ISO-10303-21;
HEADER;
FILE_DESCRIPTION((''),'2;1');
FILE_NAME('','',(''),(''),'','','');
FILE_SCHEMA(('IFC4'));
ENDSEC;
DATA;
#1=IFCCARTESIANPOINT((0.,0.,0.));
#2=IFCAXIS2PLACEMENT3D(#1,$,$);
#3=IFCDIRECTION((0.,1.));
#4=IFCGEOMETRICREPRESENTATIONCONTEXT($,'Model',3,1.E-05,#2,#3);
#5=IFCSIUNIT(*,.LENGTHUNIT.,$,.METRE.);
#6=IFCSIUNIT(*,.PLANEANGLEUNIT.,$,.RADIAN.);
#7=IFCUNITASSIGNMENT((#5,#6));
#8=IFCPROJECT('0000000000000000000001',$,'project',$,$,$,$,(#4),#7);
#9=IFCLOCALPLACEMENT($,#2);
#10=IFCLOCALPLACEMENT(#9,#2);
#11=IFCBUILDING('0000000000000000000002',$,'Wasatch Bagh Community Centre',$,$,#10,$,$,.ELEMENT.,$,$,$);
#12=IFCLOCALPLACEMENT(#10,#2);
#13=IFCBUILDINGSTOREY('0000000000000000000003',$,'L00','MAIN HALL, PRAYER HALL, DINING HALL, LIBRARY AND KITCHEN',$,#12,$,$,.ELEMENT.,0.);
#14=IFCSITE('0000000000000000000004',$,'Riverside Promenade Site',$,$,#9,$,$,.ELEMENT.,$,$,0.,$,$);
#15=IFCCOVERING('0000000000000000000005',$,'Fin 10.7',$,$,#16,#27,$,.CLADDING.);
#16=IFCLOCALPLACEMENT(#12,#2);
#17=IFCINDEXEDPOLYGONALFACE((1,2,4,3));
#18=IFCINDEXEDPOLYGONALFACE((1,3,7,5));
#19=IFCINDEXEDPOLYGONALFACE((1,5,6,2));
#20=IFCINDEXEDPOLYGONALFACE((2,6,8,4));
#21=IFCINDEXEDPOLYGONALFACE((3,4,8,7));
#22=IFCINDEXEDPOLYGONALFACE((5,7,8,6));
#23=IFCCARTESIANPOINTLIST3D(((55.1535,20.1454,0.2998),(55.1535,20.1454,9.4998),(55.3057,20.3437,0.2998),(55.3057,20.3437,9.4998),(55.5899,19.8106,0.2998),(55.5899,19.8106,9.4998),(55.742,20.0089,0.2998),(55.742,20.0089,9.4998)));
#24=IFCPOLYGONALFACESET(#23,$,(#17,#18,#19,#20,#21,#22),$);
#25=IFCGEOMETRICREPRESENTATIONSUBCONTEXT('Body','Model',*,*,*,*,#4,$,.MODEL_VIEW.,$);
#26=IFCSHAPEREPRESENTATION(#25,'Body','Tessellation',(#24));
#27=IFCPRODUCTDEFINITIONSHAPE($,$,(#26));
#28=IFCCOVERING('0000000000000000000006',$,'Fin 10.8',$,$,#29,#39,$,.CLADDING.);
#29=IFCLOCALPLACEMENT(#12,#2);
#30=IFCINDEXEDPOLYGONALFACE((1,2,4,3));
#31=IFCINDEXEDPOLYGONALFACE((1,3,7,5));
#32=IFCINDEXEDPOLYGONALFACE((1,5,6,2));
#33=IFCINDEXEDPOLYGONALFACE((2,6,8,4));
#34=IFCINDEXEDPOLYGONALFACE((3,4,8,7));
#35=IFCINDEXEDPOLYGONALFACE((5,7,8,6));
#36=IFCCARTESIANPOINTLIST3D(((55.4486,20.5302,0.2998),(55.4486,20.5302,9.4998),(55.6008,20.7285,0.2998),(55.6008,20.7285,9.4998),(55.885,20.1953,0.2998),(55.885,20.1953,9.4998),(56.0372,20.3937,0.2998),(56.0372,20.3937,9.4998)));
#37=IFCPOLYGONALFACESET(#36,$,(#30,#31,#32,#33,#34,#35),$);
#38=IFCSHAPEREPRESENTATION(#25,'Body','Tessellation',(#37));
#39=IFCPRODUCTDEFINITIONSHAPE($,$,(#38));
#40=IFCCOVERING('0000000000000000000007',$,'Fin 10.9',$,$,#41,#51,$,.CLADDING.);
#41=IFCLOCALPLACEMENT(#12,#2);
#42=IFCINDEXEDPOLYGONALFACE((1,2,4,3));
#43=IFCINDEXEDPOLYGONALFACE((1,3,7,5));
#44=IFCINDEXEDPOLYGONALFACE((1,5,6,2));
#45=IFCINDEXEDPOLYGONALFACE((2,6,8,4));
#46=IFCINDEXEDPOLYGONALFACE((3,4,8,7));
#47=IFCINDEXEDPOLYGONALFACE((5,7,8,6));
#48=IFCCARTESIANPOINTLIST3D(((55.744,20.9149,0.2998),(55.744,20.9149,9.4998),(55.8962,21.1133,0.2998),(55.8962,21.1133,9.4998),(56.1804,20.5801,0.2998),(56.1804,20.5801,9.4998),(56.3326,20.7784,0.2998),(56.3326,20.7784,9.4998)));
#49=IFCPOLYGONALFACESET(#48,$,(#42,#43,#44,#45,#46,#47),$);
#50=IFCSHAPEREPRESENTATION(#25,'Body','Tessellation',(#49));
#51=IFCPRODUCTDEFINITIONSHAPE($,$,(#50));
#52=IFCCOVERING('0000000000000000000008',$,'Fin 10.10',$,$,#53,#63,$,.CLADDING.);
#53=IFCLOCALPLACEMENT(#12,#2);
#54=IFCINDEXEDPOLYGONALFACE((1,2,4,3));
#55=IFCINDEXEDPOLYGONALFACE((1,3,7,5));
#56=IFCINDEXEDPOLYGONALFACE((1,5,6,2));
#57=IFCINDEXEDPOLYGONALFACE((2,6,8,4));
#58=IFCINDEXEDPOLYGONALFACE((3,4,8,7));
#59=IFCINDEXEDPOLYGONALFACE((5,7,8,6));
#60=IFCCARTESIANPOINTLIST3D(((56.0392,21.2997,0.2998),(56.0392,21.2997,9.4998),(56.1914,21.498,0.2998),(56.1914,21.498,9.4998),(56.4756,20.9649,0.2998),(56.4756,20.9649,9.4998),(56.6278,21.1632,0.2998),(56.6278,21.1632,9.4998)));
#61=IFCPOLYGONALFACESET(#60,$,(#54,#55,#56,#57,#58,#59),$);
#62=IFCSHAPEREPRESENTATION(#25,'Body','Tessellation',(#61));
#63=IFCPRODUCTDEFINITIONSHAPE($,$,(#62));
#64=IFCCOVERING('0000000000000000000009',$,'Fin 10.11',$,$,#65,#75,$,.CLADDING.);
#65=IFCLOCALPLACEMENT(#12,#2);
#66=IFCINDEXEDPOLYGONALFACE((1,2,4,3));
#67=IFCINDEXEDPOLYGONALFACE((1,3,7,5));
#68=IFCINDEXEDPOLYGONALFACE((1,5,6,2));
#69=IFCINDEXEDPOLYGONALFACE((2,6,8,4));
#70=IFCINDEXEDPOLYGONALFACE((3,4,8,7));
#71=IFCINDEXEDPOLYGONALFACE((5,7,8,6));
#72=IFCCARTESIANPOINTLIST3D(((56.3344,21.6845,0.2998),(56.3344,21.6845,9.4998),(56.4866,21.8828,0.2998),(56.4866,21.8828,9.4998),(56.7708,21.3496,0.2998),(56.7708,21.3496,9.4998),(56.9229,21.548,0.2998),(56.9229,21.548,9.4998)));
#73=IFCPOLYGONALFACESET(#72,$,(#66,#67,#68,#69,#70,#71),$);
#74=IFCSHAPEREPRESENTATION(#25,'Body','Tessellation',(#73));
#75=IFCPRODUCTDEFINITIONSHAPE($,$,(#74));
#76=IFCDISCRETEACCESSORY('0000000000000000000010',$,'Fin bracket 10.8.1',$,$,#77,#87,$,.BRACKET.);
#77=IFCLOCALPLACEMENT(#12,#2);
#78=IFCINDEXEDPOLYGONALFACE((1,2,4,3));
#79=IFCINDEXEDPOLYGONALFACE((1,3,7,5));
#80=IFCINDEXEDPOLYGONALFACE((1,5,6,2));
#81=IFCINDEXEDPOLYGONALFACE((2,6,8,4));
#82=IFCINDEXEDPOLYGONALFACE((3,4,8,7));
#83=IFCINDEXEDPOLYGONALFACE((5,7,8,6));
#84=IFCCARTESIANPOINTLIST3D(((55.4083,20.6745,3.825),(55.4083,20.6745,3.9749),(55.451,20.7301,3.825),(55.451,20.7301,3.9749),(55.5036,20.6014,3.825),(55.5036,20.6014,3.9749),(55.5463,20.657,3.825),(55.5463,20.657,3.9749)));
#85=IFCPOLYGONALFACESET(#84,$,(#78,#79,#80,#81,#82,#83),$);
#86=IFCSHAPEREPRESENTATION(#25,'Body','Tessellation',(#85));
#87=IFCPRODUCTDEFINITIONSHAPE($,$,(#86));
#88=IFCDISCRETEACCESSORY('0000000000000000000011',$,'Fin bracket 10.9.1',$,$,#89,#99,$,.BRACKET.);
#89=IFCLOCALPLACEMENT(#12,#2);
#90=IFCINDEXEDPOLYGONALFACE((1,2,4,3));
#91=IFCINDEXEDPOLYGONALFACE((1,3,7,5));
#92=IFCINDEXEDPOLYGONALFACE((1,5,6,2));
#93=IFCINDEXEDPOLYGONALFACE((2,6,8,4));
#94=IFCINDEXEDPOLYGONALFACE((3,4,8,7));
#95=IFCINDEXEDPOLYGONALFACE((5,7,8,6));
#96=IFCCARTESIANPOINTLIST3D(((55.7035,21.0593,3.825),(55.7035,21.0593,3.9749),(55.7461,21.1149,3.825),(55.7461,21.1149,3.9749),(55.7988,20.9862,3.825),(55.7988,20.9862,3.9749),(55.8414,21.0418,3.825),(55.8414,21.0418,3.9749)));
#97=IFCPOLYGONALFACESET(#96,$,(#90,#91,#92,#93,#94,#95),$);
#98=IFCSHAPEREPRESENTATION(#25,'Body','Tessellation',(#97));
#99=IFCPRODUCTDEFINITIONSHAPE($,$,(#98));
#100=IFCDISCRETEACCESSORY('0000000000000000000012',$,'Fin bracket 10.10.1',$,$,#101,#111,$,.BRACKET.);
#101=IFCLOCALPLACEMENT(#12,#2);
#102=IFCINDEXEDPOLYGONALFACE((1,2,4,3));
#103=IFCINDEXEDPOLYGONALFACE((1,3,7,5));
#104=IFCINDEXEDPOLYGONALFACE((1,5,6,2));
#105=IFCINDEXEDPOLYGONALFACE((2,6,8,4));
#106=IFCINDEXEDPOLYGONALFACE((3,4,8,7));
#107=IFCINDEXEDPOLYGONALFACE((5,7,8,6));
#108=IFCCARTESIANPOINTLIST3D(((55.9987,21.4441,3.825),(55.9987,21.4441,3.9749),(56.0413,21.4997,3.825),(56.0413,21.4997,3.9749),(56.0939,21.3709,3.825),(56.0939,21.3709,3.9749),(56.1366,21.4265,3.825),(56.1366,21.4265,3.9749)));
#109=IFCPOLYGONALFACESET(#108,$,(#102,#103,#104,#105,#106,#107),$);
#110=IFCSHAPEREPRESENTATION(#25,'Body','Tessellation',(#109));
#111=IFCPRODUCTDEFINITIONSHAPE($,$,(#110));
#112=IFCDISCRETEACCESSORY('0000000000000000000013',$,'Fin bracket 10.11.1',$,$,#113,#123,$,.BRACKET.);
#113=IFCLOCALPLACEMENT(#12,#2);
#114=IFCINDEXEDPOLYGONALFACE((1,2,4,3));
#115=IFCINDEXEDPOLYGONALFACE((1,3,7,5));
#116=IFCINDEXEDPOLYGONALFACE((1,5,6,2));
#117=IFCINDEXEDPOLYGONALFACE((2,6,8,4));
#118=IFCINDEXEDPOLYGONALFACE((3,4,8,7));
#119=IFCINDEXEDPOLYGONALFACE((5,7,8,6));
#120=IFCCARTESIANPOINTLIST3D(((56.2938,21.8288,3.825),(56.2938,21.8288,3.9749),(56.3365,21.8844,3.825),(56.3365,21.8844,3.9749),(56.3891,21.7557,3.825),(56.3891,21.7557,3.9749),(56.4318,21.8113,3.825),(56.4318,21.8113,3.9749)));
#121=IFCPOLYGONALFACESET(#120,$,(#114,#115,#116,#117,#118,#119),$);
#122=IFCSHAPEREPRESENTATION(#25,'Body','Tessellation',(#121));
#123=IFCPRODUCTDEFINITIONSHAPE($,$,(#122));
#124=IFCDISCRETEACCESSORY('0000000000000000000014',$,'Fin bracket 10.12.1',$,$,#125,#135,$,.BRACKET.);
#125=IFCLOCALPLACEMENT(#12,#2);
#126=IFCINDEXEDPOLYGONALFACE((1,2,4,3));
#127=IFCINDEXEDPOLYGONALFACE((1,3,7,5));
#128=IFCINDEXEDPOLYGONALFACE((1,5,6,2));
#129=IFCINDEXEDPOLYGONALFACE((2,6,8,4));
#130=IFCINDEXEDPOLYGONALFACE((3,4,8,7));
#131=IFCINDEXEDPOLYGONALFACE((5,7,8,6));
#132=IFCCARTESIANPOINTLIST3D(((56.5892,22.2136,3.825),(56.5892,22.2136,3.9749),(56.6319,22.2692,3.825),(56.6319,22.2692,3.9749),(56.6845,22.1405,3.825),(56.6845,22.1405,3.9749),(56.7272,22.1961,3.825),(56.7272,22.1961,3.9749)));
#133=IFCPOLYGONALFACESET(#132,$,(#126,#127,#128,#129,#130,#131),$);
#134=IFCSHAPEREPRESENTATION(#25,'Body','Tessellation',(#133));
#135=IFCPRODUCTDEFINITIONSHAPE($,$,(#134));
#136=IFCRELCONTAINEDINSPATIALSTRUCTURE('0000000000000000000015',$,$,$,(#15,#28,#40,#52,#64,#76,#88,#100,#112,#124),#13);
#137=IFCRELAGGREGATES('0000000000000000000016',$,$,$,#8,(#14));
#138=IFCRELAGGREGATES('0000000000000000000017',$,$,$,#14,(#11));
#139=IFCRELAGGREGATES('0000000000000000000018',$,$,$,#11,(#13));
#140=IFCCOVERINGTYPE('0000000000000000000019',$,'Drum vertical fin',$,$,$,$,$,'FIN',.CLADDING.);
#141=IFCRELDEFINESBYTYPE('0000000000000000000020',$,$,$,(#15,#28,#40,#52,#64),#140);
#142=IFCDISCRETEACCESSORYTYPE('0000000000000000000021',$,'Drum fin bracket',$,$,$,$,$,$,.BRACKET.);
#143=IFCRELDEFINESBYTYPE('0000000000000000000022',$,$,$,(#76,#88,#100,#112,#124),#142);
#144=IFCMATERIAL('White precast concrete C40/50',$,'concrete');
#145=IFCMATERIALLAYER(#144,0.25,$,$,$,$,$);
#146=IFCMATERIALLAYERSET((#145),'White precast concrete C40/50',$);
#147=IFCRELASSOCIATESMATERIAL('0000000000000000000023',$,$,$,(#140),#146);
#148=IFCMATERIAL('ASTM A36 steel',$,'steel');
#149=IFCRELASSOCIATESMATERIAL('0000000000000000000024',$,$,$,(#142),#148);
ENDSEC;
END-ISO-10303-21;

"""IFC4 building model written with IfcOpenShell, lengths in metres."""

from ifc_helpers import new_model, si_unit, direction, frame, origin, origin_2d, place, context, subcontext, project, spatial, rectangle, extrude, material, layer, layer_set, type_object, element, save


model = new_model("IFC4")

# Units and contexts
model_context = context("Model", 3, precision=1e-05, world=origin(), true_north=direction((0.0, 1.0)))
body_context = subcontext(model_context, "Body", "Model", "MODEL_VIEW")
ifc_project = project(units=[si_unit("LENGTHUNIT", "METRE"), si_unit("PLANEANGLEUNIT", "RADIAN")], contexts=[model_context])

# Site, building, storey
site_placement = place(None, origin())
site = spatial("IfcSite", under=ifc_project, at=site_placement, Name="Riverside Promenade Site", CompositionType="ELEMENT", RefElevation=0.0)
building_placement = place(site_placement, origin())
building = spatial("IfcBuilding", under=site, at=building_placement, Name="Wasatch Bagh Community Centre", CompositionType="ELEMENT")
storey_placement = place(building_placement, origin())
storey = spatial("IfcBuildingStorey", under=building, at=storey_placement, Name="L00", Description="MAIN HALL, PRAYER HALL, DINING HALL, LIBRARY AND KITCHEN", CompositionType="ELEMENT", Elevation=0.0)

# Coverings
ifc_material_1 = material(Name="White precast concrete C40/50", Category="concrete")
ifc_layer_1 = layer(ifc_material_1, 0.25)
ifc_layer_set_1 = layer_set([ifc_layer_1], Name="White precast concrete C40/50")
covering_type = type_object("IfcCoveringType", Name="Drum vertical fin", ElementType="FIN", PredefinedType="CLADDING", material=ifc_layer_set_1)
for number, where, z_axis, x_axis, name in (
    (1, (55.4478, 20.0771, 0.2998), (0.0, 0.0, 1.0), (0.608761, 0.793353, 0.0), "Fin 10.7"),
    (2, (55.7429, 20.4619, 0.2998), (0.0, 0.0, 1.0), (0.608761, 0.793353, 0.0), "Fin 10.8"),
    (3, (56.0383, 20.8467, 0.2998), (0.0, 0.0, 1.0), (0.608761, 0.793353, 0.0), "Fin 10.9"),
    (4, (56.3335, 21.2314, 0.2998), (0.0, 0.0, 1.0), (0.608761, 0.793353, 0.0), "Fin 10.10"),
    (5, (56.6287, 21.6162, 0.2998), (0.0, 0.0, 1.0), (0.608761, 0.793353, 0.0), "Fin 10.11"),
):
    element("IfcCovering", number, at=place(storey_placement, frame(where, z_axis=z_axis, x_axis=x_axis)), inside=storey, type_object=covering_type, Name=name, PredefinedType="CLADDING", context=body_context, shape_type="SweptSolid", body=[
        extrude(rectangle(XDim=0.25, YDim=0.55, at=origin_2d()), origin(), (0.0, 0.0, 1.0), 9.2),
    ])

# Discrete accessories
ifc_material_2 = material(Name="ASTM A36 steel", Category="steel")
discrete_accessory_type = type_object("IfcDiscreteAccessoryType", Name="Drum fin bracket", PredefinedType="BRACKET", material=ifc_material_2)
for number, where, z_axis, x_axis, name in (
    (6, (55.4773, 20.6658, 3.825), (0.0, 0.0, 1.0), (0.608761, 0.793353, 0.0), "Fin bracket 10.8.1"),
    (7, (55.7725, 21.0505, 3.825), (0.0, 0.0, 1.0), (0.608761, 0.793353, 0.0), "Fin bracket 10.9.1"),
    (8, (56.0676, 21.4353, 3.825), (0.0, 0.0, 1.0), (0.608761, 0.793353, 0.0), "Fin bracket 10.10.1"),
    (9, (56.3628, 21.8201, 3.825), (0.0, 0.0, 1.0), (0.608761, 0.793353, 0.0), "Fin bracket 10.11.1"),
    (10, (56.6582, 22.2048, 3.825), (0.0, 0.0, 1.0), (0.608761, 0.793353, 0.0), "Fin bracket 10.12.1"),
):
    element("IfcDiscreteAccessory", number, at=place(storey_placement, frame(where, z_axis=z_axis, x_axis=x_axis)), inside=storey, type_object=discrete_accessory_type, Name=name, PredefinedType="BRACKET", context=body_context, shape_type="SweptSolid", body=[
        extrude(rectangle(XDim=0.0701, YDim=0.1201, at=origin_2d()), origin(), (0.0, 0.0, 1.0), 0.1499),
    ])

save(model, "model.ifc")
